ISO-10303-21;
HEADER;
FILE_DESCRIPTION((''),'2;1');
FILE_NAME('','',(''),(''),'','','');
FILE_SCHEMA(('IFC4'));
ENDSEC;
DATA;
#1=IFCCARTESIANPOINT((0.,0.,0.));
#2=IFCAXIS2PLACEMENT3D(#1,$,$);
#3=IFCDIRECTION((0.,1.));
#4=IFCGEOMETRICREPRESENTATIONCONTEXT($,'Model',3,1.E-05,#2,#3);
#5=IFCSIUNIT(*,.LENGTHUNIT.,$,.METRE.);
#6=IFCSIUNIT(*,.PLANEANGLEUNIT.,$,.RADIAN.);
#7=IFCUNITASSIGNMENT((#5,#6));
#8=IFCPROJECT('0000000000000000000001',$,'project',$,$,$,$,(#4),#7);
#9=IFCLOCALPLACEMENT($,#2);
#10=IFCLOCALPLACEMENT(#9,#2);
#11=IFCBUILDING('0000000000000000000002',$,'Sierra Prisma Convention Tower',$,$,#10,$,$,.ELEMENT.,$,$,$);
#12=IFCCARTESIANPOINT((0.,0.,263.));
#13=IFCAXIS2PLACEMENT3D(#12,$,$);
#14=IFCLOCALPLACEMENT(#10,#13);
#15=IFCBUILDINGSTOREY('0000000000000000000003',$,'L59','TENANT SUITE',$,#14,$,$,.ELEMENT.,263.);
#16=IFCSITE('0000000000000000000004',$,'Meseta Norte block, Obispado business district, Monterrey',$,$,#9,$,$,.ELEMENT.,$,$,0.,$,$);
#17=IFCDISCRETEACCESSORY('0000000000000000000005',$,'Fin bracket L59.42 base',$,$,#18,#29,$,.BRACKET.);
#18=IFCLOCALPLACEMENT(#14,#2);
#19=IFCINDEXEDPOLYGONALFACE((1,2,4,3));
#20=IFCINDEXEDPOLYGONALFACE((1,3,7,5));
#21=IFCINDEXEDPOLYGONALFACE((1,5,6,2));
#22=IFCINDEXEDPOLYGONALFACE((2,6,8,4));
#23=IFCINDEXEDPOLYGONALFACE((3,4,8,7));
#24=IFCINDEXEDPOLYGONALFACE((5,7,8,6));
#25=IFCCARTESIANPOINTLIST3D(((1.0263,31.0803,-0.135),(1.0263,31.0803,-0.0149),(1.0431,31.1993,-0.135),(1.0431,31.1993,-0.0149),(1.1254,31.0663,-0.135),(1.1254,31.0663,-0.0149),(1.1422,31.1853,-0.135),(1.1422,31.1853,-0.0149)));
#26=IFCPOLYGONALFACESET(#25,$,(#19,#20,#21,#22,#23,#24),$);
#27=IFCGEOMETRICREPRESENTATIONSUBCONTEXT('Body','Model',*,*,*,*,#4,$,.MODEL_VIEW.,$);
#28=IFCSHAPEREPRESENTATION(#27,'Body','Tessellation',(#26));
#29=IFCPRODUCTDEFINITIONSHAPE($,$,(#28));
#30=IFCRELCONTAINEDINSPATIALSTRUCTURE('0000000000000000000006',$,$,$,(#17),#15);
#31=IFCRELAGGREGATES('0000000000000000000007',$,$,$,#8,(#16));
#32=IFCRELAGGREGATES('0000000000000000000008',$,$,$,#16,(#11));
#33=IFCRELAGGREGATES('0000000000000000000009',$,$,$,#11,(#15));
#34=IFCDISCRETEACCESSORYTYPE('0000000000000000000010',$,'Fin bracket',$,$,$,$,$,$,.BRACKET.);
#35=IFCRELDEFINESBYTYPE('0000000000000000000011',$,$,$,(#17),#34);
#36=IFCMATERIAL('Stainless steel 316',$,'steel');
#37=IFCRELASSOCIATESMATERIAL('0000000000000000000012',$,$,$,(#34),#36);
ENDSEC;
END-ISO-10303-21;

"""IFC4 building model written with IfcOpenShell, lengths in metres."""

from ifc_helpers import new_model, si_unit, direction, frame, origin, origin_2d, place, context, subcontext, project, spatial, rectangle, extrude, material, type_object, element, save


model = new_model("IFC4")

# Units and contexts
model_context = context("Model", 3, precision=1e-05, world=origin(), true_north=direction((0.0, 1.0)))
body_context = subcontext(model_context, "Body", "Model", "MODEL_VIEW")
ifc_project = project(units=[si_unit("LENGTHUNIT", "METRE"), si_unit("PLANEANGLEUNIT", "RADIAN")], contexts=[model_context])

# Site, building, storey
site_placement = place(None, origin())
site = spatial("IfcSite", under=ifc_project, at=site_placement, Name="Meseta Norte block, Obispado business district, Monterrey", CompositionType="ELEMENT", RefElevation=0.0)
building_placement = place(site_placement, origin())
building = spatial("IfcBuilding", under=site, at=building_placement, Name="Sierra Prisma Convention Tower", CompositionType="ELEMENT")
storey_placement = place(building_placement, frame((0.0, 0.0, 263.0)))
storey = spatial("IfcBuildingStorey", under=building, at=storey_placement, Name="L59", Description="TENANT SUITE", CompositionType="ELEMENT", Elevation=263.0)

# Discrete accessory
ifc_material_1 = material(Name="Stainless steel 316", Category="steel")
discrete_accessory_type = type_object("IfcDiscreteAccessoryType", Name="Fin bracket", PredefinedType="BRACKET", material=ifc_material_1)
for number, where, z_axis, x_axis, name in (
    (1, (1.0842, 31.1328, -0.135), (0.0, 0.0, 1.0), (0.139814, 0.990178, 0.0), "Fin bracket L59.42 base"),
):
    element("IfcDiscreteAccessory", number, at=place(storey_placement, frame(where, z_axis=z_axis, x_axis=x_axis)), inside=storey, type_object=discrete_accessory_type, Name=name, PredefinedType="BRACKET", context=body_context, shape_type="SweptSolid", body=[
        extrude(rectangle(XDim=0.1201, YDim=0.1001, at=origin_2d()), origin(), (0.0, 0.0, 1.0), 0.1201),
    ])

save(model, "model.ifc")
